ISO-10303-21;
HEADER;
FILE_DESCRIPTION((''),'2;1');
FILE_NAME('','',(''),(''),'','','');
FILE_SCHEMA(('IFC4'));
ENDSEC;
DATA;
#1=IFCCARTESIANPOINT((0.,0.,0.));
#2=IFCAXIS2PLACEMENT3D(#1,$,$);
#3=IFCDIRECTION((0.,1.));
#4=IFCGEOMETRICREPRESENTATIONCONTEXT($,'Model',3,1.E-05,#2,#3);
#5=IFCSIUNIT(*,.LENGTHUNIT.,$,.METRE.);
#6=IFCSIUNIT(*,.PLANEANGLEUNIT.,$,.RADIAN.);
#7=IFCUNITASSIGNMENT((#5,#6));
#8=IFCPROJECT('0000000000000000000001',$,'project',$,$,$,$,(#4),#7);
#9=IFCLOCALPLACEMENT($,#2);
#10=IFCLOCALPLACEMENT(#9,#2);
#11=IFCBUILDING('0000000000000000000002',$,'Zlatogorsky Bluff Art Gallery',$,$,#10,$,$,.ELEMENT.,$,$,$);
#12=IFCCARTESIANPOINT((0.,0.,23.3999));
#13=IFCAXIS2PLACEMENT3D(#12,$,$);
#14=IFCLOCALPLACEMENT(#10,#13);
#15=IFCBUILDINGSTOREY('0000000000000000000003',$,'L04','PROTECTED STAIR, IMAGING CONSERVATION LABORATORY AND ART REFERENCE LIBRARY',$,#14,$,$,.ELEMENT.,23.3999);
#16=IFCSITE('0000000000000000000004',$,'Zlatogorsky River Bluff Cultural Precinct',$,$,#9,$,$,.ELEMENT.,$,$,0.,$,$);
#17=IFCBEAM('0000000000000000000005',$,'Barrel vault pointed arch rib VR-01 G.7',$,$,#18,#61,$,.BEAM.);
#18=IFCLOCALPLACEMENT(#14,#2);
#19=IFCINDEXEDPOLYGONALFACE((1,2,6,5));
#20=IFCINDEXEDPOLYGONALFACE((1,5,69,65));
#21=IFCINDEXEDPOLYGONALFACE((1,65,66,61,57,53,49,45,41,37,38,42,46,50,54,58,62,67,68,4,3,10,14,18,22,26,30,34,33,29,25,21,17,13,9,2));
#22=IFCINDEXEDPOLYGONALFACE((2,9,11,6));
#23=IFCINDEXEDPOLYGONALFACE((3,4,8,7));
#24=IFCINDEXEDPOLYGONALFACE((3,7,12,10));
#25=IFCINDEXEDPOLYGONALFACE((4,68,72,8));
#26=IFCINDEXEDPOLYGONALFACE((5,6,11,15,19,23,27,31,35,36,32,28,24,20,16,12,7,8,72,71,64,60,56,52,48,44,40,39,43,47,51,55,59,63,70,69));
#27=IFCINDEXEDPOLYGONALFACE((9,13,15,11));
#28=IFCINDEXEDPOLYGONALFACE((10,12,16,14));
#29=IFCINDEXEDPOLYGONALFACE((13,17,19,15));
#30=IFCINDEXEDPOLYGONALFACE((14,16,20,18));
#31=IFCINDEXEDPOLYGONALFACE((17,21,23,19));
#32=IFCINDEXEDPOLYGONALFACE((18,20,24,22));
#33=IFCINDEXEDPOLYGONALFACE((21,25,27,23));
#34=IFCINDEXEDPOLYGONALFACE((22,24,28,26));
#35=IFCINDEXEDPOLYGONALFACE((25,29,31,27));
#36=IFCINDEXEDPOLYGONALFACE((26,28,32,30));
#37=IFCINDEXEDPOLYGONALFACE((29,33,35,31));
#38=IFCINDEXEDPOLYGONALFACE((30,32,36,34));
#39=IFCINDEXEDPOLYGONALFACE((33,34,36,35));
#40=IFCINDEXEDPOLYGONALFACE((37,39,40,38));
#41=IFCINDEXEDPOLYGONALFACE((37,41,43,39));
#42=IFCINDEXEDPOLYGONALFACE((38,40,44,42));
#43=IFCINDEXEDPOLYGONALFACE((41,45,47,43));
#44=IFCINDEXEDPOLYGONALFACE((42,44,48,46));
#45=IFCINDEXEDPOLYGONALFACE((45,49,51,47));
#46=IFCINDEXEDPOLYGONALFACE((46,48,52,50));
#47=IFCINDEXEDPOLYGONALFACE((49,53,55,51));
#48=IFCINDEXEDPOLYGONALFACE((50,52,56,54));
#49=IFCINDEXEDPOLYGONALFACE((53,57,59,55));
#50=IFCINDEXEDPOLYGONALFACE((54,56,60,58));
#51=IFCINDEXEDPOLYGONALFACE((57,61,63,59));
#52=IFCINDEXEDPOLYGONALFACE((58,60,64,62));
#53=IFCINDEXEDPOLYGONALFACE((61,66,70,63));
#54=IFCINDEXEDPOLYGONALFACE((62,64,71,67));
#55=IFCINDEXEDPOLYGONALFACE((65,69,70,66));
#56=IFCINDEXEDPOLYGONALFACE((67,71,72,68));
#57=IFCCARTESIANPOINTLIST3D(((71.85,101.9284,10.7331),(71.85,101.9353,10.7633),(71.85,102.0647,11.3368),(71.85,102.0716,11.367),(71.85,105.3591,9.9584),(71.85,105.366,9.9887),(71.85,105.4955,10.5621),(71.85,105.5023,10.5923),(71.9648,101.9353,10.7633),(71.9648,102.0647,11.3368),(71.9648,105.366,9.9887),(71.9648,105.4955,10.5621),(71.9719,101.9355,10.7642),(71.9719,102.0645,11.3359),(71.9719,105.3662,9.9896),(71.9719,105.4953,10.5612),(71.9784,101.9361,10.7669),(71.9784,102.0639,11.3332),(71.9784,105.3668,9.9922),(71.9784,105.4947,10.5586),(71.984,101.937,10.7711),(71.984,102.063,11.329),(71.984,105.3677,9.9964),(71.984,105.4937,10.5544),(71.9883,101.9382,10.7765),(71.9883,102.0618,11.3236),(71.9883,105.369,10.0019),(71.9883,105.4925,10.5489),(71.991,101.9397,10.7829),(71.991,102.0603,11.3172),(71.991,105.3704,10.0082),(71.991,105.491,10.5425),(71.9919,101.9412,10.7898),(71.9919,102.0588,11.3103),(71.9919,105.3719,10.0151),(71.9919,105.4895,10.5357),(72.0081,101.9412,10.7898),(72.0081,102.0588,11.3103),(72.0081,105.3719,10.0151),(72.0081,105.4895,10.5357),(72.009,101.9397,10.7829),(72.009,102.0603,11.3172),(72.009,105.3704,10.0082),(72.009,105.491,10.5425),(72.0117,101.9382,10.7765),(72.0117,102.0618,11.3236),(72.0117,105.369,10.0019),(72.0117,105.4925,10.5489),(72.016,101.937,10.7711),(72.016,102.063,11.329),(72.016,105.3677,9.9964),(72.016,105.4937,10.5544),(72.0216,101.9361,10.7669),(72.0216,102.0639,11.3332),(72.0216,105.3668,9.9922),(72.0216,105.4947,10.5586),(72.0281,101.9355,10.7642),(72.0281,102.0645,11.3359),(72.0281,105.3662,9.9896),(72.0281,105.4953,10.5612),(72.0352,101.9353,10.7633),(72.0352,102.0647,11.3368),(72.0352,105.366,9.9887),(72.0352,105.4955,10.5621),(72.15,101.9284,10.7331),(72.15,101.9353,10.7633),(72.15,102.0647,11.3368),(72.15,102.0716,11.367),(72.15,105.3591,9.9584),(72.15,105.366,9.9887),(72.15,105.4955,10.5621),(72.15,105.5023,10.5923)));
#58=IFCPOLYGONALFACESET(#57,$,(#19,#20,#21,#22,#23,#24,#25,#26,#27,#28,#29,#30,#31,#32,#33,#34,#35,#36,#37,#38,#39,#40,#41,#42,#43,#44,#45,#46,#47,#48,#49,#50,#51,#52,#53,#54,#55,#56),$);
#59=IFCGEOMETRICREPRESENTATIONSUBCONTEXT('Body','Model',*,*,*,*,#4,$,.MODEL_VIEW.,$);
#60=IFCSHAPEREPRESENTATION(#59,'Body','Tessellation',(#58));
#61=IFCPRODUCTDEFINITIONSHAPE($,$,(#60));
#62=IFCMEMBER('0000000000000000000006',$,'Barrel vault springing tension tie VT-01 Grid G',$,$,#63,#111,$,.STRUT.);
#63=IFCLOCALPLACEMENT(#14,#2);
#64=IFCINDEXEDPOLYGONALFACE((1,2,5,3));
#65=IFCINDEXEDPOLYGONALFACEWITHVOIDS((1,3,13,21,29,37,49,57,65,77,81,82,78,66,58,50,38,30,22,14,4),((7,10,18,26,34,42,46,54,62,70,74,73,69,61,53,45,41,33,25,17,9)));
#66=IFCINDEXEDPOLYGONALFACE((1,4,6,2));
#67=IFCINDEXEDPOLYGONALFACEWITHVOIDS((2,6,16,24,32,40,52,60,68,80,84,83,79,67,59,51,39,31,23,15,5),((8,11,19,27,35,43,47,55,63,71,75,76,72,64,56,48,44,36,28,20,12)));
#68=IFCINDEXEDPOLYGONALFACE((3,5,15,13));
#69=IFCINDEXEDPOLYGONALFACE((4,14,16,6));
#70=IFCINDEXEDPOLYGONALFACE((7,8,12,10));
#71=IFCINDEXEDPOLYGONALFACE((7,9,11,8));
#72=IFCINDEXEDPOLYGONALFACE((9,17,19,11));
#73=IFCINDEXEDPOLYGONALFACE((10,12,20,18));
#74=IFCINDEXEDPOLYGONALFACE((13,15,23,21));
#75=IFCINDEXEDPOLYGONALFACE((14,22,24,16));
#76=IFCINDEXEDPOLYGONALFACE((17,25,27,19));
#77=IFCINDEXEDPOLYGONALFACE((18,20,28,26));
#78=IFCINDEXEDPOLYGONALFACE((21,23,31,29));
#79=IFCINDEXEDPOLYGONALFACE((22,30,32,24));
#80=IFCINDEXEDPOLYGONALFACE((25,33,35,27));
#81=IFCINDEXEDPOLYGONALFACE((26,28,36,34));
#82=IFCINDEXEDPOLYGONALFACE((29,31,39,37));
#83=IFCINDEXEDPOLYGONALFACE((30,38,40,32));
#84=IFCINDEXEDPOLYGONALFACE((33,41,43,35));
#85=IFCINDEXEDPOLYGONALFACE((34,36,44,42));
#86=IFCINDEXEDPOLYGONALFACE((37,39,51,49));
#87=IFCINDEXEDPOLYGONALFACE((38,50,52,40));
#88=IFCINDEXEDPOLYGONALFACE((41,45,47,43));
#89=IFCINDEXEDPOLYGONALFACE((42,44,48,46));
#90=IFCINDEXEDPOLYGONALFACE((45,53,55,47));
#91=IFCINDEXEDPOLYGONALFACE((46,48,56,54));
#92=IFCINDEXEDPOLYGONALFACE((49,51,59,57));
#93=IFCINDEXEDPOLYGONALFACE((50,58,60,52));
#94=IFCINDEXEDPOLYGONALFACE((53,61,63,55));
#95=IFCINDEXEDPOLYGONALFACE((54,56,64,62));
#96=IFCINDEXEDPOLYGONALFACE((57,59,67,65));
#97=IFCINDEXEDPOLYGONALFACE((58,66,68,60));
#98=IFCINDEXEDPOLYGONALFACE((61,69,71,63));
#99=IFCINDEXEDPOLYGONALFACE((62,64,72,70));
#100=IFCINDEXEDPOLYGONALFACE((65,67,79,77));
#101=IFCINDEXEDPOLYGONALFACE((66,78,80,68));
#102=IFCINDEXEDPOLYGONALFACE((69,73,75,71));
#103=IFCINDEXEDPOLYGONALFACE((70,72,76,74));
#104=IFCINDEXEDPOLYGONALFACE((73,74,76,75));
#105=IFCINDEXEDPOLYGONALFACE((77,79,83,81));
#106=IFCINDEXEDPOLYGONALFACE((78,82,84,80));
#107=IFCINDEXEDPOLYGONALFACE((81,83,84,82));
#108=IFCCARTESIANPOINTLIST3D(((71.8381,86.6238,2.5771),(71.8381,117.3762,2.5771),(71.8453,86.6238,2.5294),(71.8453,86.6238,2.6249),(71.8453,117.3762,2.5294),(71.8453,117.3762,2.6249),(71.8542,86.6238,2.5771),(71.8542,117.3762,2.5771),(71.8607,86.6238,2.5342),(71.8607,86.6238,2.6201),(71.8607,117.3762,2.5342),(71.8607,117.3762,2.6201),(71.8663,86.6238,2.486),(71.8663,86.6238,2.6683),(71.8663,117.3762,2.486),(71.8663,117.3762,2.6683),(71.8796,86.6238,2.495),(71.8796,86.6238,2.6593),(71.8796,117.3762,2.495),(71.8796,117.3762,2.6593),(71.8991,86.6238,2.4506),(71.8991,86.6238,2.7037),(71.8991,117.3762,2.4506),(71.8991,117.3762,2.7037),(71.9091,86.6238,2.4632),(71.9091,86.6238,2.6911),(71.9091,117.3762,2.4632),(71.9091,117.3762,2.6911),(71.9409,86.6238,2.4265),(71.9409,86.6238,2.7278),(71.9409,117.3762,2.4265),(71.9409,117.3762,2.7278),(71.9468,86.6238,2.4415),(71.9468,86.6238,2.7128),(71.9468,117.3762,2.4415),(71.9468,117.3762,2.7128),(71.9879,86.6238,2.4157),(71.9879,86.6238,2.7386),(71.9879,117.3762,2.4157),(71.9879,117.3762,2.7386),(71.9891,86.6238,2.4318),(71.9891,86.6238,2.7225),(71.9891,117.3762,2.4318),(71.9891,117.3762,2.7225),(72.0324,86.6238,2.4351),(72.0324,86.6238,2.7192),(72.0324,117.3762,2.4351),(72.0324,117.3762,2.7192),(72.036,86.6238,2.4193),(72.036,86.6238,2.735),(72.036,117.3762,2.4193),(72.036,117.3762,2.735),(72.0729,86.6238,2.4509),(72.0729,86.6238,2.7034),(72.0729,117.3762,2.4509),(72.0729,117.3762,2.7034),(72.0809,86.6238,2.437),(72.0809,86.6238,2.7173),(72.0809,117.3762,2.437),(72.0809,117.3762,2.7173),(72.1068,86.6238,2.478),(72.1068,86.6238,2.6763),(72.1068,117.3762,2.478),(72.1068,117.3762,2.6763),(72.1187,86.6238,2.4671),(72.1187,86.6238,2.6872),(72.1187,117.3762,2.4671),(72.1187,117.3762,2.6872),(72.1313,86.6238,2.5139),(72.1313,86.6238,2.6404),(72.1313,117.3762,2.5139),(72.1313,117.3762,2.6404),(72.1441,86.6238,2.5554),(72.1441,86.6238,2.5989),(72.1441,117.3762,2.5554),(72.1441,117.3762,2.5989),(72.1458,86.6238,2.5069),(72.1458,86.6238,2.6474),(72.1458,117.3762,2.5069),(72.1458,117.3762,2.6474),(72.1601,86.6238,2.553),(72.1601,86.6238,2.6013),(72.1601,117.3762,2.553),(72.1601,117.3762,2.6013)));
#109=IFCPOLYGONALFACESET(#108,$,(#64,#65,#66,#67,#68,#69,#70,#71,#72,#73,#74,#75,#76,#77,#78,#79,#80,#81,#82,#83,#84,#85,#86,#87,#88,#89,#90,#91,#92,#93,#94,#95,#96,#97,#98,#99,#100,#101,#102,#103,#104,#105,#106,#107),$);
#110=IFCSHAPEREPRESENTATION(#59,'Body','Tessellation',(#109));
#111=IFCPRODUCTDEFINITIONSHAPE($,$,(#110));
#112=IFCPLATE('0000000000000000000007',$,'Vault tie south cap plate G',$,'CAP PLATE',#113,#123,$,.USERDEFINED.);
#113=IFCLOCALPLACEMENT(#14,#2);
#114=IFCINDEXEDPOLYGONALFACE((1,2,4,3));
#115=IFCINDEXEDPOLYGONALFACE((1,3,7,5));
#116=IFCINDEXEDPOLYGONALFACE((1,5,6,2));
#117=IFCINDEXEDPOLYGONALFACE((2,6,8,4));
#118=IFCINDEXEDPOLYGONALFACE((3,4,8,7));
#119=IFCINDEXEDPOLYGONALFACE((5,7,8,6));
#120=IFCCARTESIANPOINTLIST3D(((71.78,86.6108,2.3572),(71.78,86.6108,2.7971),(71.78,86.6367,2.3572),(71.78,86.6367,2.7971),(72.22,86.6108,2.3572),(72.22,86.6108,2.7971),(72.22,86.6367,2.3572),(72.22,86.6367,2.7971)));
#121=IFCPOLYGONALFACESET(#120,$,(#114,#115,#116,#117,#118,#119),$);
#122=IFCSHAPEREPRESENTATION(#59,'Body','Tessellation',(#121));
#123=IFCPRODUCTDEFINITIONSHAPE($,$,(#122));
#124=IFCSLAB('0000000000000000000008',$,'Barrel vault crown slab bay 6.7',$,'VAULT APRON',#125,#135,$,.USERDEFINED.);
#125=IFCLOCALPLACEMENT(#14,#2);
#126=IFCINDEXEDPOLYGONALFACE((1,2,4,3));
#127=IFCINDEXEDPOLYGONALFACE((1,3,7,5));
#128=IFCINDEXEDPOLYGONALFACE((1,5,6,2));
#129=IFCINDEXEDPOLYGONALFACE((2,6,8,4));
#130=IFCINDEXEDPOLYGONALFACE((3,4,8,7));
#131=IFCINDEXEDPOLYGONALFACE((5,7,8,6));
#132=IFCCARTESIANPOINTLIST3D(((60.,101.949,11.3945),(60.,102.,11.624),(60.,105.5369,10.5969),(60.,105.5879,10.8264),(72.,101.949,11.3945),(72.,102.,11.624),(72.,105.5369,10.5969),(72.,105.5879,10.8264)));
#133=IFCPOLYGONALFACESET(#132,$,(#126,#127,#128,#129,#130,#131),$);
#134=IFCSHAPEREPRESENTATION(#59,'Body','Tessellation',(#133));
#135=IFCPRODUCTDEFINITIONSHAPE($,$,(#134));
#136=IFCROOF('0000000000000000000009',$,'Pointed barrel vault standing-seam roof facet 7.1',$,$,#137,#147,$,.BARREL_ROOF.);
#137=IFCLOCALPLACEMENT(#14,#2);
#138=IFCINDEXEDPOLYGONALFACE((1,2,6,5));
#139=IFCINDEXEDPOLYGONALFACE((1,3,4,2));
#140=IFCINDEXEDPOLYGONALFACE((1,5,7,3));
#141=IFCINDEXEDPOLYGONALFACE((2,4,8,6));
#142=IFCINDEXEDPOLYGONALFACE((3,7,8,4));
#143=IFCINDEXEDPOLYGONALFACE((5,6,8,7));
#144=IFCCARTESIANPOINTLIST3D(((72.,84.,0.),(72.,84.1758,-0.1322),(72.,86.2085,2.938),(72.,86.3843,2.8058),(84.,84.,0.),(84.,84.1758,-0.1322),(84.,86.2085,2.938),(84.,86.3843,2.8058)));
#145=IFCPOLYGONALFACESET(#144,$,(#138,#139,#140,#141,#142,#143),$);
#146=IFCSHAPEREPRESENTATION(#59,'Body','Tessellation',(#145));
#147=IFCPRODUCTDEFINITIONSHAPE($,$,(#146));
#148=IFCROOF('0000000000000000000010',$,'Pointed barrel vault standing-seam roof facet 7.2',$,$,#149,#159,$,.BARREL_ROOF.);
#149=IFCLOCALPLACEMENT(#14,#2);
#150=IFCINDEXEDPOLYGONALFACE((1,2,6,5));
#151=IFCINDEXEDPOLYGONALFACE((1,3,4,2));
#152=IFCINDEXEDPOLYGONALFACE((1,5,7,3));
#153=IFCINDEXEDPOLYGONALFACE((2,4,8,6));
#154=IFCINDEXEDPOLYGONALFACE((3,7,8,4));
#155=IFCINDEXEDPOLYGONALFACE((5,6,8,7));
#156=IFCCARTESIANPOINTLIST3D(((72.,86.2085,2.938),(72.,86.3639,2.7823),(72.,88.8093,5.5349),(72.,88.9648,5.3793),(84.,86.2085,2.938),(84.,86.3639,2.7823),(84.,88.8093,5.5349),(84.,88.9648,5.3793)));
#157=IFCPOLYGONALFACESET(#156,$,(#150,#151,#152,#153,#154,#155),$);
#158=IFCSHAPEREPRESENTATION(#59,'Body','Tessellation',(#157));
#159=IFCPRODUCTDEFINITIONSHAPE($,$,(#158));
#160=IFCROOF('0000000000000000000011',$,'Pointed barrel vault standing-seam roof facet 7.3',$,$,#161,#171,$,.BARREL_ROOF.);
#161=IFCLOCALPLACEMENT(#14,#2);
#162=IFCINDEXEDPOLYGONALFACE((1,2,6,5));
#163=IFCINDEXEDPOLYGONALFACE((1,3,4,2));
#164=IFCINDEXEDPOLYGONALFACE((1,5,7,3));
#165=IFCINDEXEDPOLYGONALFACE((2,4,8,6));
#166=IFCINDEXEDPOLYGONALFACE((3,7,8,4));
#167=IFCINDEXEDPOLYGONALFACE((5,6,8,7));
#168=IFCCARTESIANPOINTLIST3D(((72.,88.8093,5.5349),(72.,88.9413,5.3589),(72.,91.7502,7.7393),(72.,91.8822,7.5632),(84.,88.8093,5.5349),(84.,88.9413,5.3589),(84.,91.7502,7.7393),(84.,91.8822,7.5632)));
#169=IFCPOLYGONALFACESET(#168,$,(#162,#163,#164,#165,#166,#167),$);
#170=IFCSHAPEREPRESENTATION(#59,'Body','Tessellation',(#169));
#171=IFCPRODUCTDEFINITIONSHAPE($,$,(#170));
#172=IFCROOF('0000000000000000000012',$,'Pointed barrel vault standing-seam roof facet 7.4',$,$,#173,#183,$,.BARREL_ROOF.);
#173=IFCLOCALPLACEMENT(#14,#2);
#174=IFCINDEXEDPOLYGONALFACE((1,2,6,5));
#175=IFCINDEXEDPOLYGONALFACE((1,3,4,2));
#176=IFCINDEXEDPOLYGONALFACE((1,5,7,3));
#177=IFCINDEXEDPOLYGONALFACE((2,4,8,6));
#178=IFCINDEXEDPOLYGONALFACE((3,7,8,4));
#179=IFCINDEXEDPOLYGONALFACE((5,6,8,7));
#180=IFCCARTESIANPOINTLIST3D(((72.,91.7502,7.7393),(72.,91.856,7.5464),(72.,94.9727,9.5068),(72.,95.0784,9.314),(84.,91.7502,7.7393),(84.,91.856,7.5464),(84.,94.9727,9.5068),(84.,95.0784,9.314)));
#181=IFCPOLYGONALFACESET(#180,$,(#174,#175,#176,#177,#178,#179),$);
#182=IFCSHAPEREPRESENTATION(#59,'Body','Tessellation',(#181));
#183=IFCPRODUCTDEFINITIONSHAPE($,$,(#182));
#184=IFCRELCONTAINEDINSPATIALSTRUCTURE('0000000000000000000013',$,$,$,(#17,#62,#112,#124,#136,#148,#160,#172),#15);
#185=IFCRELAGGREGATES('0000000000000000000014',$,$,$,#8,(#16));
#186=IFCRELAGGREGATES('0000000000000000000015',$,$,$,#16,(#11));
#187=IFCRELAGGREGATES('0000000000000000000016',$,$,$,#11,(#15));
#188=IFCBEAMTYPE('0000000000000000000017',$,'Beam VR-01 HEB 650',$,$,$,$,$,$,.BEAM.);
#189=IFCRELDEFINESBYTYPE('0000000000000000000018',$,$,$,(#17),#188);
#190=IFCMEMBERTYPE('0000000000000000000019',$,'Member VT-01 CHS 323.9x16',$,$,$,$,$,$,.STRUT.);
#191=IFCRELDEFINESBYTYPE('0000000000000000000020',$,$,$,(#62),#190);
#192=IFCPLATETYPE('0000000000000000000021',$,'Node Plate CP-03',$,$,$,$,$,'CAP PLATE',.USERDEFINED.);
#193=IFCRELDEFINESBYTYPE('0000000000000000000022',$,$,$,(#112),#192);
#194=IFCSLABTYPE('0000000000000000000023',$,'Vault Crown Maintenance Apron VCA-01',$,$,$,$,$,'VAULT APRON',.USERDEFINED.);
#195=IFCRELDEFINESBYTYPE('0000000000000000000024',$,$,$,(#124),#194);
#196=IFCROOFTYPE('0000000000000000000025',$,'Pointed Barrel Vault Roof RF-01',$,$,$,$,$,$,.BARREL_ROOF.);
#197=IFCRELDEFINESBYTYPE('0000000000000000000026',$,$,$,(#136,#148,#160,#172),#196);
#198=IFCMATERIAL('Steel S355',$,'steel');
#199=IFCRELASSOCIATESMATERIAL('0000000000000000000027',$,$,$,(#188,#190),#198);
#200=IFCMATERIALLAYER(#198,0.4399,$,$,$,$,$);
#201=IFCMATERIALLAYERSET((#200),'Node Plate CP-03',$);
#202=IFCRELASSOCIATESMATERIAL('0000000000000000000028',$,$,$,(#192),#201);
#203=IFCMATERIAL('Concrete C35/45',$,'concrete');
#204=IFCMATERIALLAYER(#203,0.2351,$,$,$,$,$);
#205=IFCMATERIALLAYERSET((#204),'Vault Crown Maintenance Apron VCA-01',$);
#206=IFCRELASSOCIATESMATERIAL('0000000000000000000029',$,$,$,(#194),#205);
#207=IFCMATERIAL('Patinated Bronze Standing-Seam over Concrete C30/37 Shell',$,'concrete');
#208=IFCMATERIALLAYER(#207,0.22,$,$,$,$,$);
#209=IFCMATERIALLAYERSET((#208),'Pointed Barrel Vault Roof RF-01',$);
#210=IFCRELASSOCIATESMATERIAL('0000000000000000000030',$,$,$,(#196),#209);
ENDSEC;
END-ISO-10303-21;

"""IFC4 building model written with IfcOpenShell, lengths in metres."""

from ifc_helpers import new_model, si_unit, direction, frame, origin, origin_2d, place, context, subcontext, project, spatial, polyline, rectangle, hollow_circle, i_section, outline, extrude, material, layer, layer_set, material_profile, profile_set, type_object, element, save


model = new_model("IFC4")

# Units and contexts
model_context = context("Model", 3, precision=1e-05, world=origin(), true_north=direction((0.0, 1.0)))
body_context = subcontext(model_context, "Body", "Model", "MODEL_VIEW")
ifc_project = project(units=[si_unit("LENGTHUNIT", "METRE"), si_unit("PLANEANGLEUNIT", "RADIAN")], contexts=[model_context])

# Site, building, storey
site_placement = place(None, origin())
site = spatial("IfcSite", under=ifc_project, at=site_placement, Name="Zlatogorsky River Bluff Cultural Precinct", CompositionType="ELEMENT", RefElevation=0.0)
building_placement = place(site_placement, origin())
building = spatial("IfcBuilding", under=site, at=building_placement, Name="Zlatogorsky Bluff Art Gallery", CompositionType="ELEMENT")
storey_placement = place(building_placement, frame((0.0, 0.0, 23.3999)))
storey = spatial("IfcBuildingStorey", under=building, at=storey_placement, Name="L04", Description="PROTECTED STAIR, IMAGING CONSERVATION LABORATORY AND ART REFERENCE LIBRARY", CompositionType="ELEMENT", Elevation=23.3999)

# Beam
ifc_material_1 = material(Name="Steel S355", Category="steel")
ifc_material_profile_1 = material_profile(ifc_material_1, i_section(OverallWidth=0.3, OverallDepth=0.6499, WebThickness=0.0161, FlangeThickness=0.031, FilletRadius=0.0271, at=origin_2d()), Name="HEB 650")
ifc_profile_set_1 = profile_set([ifc_material_profile_1], Name="Steel S355")
beam_type_1 = type_object("IfcBeamType", Name="Beam VR-01 HEB 650", PredefinedType="BEAM", material=ifc_profile_set_1)
for number, where, z_axis, x_axis, name in (
    (1, (72.0, 102.0, 11.05), (0.0, 0.975441, -0.220259), (-1.0, 0.0, 0.0), "Barrel vault pointed arch rib VR-01 G.7"),
):
    element("IfcBeam", number, at=place(storey_placement, frame(where, z_axis=z_axis, x_axis=x_axis)), inside=storey, type_object=beam_type_1, Name=name, PredefinedType="BEAM", context=body_context, shape_type="SweptSolid", body=[
        extrude(i_section(OverallWidth=0.3, OverallDepth=0.6499, WebThickness=0.0161, FlangeThickness=0.031, FilletRadius=0.0271, at=origin_2d()), origin(), (0.0, 0.0, 1.0), 3.5171),
    ])

# Member
ifc_material_profile_2 = material_profile(ifc_material_1, hollow_circle(Radius=0.1619, WallThickness=0.0161, at=origin_2d()), Name="CHS 323.9x16")
ifc_profile_set_2 = profile_set([ifc_material_profile_2], Name="Steel S355")
member_type = type_object("IfcMemberType", Name="Member VT-01 CHS 323.9x16", PredefinedType="STRUT", material=ifc_profile_set_2)
member_placement = place(storey_placement, frame((72.0, 86.6238, 2.5771), z_axis=(0.0, 1.0, 0.0), x_axis=(-1.0, 0.0, 0.0)))
element("IfcMember", 2, at=member_placement, inside=storey, type_object=member_type, Name="Barrel vault springing tension tie VT-01 Grid G", PredefinedType="STRUT", context=body_context, shape_type="SweptSolid", body=[
    extrude(hollow_circle(Radius=0.1619, WallThickness=0.0161, at=origin_2d()), origin(), (0.0, 0.0, 1.0), 30.7524),
])

# Plate
ifc_layer_1 = layer(ifc_material_1, 0.4399)
ifc_layer_set_1 = layer_set([ifc_layer_1], Name="Node Plate CP-03")
plate_type = type_object("IfcPlateType", Name="Node Plate CP-03", ElementType="CAP PLATE", PredefinedType="USERDEFINED", material=ifc_layer_set_1)
plate_placement = place(storey_placement, frame((72.0, 86.6238, 2.3572), z_axis=(0.0, 0.0, 1.0), x_axis=(1.0, 0.0, 0.0)))
element("IfcPlate", 3, at=plate_placement, inside=storey, type_object=plate_type, Name="Vault tie south cap plate G", ObjectType="CAP PLATE", PredefinedType="USERDEFINED", context=body_context, shape_type="SweptSolid", body=[
    extrude(rectangle(XDim=0.4399, YDim=0.0259, at=origin_2d()), origin(), (0.0, 0.0, 1.0), 0.4399),
])

# Slab
ifc_material_2 = material(Name="Concrete C35/45", Category="concrete")
ifc_layer_2 = layer(ifc_material_2, 0.2351)
ifc_layer_set_2 = layer_set([ifc_layer_2], Name="Vault Crown Maintenance Apron VCA-01")
slab_type = type_object("IfcSlabType", Name="Vault Crown Maintenance Apron VCA-01", ElementType="VAULT APRON", PredefinedType="USERDEFINED", material=ifc_layer_set_2)
slab_placement = place(storey_placement, frame((60.0, 102.0, 11.624), z_axis=(0.0, 0.217008, 0.97617), x_axis=(1.0, 0.0, 0.0)))
element("IfcSlab", 4, at=slab_placement, inside=storey, type_object=slab_type, Name="Barrel vault crown slab bay 6.7", ObjectType="VAULT APRON", PredefinedType="USERDEFINED", context=body_context, shape_type="SweptSolid", body=[
    extrude(outline(polyline([(0.0, 0.0), (12.0, 0.0), (12.0, 3.6755), (0.0, 3.6755), (0.0, 0.0)])), origin(), (0.0, 0.0, -1.0), 0.2351),
])

# Roofs
ifc_material_3 = material(Name="Patinated Bronze Standing-Seam over Concrete C30/37 Shell", Category="concrete")
ifc_layer_3 = layer(ifc_material_3, 0.22)
ifc_layer_set_3 = layer_set([ifc_layer_3], Name="Pointed Barrel Vault Roof RF-01")
roof_type = type_object("IfcRoofType", Name="Pointed Barrel Vault Roof RF-01", PredefinedType="BARREL_ROOF", material=ifc_layer_set_3)
roof_1_placement = place(storey_placement, frame((72.0, 84.0, 0.0), z_axis=(0.0, -0.799346, 0.600871), x_axis=(1.0, 0.0, 0.0)))
element("IfcRoof", 5, at=roof_1_placement, inside=storey, type_object=roof_type, Name="Pointed barrel vault standing-seam roof facet 7.1", PredefinedType="BARREL_ROOF", context=body_context, shape_type="SweptSolid", body=[
    extrude(outline(polyline([(0.0, 0.0), (12.0, 0.0), (12.0, 3.6755), (0.0, 3.6755), (0.0, 0.0)])), origin(), (0.0, 0.0, -1.0), 0.22),
])
roof_2_placement = place(storey_placement, frame((72.0, 86.2085, 2.938), z_axis=(0.0, -0.706575, 0.707638), x_axis=(1.0, 0.0, 0.0)))
element("IfcRoof", 6, at=roof_2_placement, inside=storey, type_object=roof_type, Name="Pointed barrel vault standing-seam roof facet 7.2", PredefinedType="BARREL_ROOF", context=body_context, shape_type="SweptSolid", body=[
    extrude(outline(polyline([(0.0, 0.0), (12.0, 0.0), (12.0, 3.6754), (0.0, 3.6754), (0.0, 0.0)])), origin(), (0.0, 0.0, -1.0), 0.22),
])
roof_3_placement = place(storey_placement, frame((72.0, 88.8093, 5.5349), z_axis=(0.0, -0.599766, 0.800175), x_axis=(1.0, 0.0, 0.0)))
element("IfcRoof", 7, at=roof_3_placement, inside=storey, type_object=roof_type, Name="Pointed barrel vault standing-seam roof facet 7.3", PredefinedType="BARREL_ROOF", context=body_context, shape_type="SweptSolid", body=[
    extrude(outline(polyline([(0.0, 0.0), (12.0, 0.0), (12.0, 3.6753), (0.0, 3.6753), (0.0, 0.0)])), origin(), (0.0, 0.0, -1.0), 0.22),
])
roof_4_placement = place(storey_placement, frame((72.0, 91.7502, 7.7393), z_axis=(0.0, -0.480927, 0.876761), x_axis=(1.0, 0.0, 0.0)))
element("IfcRoof", 8, at=roof_4_placement, inside=storey, type_object=roof_type, Name="Pointed barrel vault standing-seam roof facet 7.4", PredefinedType="BARREL_ROOF", context=body_context, shape_type="SweptSolid", body=[
    extrude(outline(polyline([(0.0, 0.0), (12.0, 0.0), (12.0, 3.6754), (0.0, 3.6754), (0.0, 0.0)])), origin(), (0.0, 0.0, -1.0), 0.22),
])

save(model, "model.ifc")
